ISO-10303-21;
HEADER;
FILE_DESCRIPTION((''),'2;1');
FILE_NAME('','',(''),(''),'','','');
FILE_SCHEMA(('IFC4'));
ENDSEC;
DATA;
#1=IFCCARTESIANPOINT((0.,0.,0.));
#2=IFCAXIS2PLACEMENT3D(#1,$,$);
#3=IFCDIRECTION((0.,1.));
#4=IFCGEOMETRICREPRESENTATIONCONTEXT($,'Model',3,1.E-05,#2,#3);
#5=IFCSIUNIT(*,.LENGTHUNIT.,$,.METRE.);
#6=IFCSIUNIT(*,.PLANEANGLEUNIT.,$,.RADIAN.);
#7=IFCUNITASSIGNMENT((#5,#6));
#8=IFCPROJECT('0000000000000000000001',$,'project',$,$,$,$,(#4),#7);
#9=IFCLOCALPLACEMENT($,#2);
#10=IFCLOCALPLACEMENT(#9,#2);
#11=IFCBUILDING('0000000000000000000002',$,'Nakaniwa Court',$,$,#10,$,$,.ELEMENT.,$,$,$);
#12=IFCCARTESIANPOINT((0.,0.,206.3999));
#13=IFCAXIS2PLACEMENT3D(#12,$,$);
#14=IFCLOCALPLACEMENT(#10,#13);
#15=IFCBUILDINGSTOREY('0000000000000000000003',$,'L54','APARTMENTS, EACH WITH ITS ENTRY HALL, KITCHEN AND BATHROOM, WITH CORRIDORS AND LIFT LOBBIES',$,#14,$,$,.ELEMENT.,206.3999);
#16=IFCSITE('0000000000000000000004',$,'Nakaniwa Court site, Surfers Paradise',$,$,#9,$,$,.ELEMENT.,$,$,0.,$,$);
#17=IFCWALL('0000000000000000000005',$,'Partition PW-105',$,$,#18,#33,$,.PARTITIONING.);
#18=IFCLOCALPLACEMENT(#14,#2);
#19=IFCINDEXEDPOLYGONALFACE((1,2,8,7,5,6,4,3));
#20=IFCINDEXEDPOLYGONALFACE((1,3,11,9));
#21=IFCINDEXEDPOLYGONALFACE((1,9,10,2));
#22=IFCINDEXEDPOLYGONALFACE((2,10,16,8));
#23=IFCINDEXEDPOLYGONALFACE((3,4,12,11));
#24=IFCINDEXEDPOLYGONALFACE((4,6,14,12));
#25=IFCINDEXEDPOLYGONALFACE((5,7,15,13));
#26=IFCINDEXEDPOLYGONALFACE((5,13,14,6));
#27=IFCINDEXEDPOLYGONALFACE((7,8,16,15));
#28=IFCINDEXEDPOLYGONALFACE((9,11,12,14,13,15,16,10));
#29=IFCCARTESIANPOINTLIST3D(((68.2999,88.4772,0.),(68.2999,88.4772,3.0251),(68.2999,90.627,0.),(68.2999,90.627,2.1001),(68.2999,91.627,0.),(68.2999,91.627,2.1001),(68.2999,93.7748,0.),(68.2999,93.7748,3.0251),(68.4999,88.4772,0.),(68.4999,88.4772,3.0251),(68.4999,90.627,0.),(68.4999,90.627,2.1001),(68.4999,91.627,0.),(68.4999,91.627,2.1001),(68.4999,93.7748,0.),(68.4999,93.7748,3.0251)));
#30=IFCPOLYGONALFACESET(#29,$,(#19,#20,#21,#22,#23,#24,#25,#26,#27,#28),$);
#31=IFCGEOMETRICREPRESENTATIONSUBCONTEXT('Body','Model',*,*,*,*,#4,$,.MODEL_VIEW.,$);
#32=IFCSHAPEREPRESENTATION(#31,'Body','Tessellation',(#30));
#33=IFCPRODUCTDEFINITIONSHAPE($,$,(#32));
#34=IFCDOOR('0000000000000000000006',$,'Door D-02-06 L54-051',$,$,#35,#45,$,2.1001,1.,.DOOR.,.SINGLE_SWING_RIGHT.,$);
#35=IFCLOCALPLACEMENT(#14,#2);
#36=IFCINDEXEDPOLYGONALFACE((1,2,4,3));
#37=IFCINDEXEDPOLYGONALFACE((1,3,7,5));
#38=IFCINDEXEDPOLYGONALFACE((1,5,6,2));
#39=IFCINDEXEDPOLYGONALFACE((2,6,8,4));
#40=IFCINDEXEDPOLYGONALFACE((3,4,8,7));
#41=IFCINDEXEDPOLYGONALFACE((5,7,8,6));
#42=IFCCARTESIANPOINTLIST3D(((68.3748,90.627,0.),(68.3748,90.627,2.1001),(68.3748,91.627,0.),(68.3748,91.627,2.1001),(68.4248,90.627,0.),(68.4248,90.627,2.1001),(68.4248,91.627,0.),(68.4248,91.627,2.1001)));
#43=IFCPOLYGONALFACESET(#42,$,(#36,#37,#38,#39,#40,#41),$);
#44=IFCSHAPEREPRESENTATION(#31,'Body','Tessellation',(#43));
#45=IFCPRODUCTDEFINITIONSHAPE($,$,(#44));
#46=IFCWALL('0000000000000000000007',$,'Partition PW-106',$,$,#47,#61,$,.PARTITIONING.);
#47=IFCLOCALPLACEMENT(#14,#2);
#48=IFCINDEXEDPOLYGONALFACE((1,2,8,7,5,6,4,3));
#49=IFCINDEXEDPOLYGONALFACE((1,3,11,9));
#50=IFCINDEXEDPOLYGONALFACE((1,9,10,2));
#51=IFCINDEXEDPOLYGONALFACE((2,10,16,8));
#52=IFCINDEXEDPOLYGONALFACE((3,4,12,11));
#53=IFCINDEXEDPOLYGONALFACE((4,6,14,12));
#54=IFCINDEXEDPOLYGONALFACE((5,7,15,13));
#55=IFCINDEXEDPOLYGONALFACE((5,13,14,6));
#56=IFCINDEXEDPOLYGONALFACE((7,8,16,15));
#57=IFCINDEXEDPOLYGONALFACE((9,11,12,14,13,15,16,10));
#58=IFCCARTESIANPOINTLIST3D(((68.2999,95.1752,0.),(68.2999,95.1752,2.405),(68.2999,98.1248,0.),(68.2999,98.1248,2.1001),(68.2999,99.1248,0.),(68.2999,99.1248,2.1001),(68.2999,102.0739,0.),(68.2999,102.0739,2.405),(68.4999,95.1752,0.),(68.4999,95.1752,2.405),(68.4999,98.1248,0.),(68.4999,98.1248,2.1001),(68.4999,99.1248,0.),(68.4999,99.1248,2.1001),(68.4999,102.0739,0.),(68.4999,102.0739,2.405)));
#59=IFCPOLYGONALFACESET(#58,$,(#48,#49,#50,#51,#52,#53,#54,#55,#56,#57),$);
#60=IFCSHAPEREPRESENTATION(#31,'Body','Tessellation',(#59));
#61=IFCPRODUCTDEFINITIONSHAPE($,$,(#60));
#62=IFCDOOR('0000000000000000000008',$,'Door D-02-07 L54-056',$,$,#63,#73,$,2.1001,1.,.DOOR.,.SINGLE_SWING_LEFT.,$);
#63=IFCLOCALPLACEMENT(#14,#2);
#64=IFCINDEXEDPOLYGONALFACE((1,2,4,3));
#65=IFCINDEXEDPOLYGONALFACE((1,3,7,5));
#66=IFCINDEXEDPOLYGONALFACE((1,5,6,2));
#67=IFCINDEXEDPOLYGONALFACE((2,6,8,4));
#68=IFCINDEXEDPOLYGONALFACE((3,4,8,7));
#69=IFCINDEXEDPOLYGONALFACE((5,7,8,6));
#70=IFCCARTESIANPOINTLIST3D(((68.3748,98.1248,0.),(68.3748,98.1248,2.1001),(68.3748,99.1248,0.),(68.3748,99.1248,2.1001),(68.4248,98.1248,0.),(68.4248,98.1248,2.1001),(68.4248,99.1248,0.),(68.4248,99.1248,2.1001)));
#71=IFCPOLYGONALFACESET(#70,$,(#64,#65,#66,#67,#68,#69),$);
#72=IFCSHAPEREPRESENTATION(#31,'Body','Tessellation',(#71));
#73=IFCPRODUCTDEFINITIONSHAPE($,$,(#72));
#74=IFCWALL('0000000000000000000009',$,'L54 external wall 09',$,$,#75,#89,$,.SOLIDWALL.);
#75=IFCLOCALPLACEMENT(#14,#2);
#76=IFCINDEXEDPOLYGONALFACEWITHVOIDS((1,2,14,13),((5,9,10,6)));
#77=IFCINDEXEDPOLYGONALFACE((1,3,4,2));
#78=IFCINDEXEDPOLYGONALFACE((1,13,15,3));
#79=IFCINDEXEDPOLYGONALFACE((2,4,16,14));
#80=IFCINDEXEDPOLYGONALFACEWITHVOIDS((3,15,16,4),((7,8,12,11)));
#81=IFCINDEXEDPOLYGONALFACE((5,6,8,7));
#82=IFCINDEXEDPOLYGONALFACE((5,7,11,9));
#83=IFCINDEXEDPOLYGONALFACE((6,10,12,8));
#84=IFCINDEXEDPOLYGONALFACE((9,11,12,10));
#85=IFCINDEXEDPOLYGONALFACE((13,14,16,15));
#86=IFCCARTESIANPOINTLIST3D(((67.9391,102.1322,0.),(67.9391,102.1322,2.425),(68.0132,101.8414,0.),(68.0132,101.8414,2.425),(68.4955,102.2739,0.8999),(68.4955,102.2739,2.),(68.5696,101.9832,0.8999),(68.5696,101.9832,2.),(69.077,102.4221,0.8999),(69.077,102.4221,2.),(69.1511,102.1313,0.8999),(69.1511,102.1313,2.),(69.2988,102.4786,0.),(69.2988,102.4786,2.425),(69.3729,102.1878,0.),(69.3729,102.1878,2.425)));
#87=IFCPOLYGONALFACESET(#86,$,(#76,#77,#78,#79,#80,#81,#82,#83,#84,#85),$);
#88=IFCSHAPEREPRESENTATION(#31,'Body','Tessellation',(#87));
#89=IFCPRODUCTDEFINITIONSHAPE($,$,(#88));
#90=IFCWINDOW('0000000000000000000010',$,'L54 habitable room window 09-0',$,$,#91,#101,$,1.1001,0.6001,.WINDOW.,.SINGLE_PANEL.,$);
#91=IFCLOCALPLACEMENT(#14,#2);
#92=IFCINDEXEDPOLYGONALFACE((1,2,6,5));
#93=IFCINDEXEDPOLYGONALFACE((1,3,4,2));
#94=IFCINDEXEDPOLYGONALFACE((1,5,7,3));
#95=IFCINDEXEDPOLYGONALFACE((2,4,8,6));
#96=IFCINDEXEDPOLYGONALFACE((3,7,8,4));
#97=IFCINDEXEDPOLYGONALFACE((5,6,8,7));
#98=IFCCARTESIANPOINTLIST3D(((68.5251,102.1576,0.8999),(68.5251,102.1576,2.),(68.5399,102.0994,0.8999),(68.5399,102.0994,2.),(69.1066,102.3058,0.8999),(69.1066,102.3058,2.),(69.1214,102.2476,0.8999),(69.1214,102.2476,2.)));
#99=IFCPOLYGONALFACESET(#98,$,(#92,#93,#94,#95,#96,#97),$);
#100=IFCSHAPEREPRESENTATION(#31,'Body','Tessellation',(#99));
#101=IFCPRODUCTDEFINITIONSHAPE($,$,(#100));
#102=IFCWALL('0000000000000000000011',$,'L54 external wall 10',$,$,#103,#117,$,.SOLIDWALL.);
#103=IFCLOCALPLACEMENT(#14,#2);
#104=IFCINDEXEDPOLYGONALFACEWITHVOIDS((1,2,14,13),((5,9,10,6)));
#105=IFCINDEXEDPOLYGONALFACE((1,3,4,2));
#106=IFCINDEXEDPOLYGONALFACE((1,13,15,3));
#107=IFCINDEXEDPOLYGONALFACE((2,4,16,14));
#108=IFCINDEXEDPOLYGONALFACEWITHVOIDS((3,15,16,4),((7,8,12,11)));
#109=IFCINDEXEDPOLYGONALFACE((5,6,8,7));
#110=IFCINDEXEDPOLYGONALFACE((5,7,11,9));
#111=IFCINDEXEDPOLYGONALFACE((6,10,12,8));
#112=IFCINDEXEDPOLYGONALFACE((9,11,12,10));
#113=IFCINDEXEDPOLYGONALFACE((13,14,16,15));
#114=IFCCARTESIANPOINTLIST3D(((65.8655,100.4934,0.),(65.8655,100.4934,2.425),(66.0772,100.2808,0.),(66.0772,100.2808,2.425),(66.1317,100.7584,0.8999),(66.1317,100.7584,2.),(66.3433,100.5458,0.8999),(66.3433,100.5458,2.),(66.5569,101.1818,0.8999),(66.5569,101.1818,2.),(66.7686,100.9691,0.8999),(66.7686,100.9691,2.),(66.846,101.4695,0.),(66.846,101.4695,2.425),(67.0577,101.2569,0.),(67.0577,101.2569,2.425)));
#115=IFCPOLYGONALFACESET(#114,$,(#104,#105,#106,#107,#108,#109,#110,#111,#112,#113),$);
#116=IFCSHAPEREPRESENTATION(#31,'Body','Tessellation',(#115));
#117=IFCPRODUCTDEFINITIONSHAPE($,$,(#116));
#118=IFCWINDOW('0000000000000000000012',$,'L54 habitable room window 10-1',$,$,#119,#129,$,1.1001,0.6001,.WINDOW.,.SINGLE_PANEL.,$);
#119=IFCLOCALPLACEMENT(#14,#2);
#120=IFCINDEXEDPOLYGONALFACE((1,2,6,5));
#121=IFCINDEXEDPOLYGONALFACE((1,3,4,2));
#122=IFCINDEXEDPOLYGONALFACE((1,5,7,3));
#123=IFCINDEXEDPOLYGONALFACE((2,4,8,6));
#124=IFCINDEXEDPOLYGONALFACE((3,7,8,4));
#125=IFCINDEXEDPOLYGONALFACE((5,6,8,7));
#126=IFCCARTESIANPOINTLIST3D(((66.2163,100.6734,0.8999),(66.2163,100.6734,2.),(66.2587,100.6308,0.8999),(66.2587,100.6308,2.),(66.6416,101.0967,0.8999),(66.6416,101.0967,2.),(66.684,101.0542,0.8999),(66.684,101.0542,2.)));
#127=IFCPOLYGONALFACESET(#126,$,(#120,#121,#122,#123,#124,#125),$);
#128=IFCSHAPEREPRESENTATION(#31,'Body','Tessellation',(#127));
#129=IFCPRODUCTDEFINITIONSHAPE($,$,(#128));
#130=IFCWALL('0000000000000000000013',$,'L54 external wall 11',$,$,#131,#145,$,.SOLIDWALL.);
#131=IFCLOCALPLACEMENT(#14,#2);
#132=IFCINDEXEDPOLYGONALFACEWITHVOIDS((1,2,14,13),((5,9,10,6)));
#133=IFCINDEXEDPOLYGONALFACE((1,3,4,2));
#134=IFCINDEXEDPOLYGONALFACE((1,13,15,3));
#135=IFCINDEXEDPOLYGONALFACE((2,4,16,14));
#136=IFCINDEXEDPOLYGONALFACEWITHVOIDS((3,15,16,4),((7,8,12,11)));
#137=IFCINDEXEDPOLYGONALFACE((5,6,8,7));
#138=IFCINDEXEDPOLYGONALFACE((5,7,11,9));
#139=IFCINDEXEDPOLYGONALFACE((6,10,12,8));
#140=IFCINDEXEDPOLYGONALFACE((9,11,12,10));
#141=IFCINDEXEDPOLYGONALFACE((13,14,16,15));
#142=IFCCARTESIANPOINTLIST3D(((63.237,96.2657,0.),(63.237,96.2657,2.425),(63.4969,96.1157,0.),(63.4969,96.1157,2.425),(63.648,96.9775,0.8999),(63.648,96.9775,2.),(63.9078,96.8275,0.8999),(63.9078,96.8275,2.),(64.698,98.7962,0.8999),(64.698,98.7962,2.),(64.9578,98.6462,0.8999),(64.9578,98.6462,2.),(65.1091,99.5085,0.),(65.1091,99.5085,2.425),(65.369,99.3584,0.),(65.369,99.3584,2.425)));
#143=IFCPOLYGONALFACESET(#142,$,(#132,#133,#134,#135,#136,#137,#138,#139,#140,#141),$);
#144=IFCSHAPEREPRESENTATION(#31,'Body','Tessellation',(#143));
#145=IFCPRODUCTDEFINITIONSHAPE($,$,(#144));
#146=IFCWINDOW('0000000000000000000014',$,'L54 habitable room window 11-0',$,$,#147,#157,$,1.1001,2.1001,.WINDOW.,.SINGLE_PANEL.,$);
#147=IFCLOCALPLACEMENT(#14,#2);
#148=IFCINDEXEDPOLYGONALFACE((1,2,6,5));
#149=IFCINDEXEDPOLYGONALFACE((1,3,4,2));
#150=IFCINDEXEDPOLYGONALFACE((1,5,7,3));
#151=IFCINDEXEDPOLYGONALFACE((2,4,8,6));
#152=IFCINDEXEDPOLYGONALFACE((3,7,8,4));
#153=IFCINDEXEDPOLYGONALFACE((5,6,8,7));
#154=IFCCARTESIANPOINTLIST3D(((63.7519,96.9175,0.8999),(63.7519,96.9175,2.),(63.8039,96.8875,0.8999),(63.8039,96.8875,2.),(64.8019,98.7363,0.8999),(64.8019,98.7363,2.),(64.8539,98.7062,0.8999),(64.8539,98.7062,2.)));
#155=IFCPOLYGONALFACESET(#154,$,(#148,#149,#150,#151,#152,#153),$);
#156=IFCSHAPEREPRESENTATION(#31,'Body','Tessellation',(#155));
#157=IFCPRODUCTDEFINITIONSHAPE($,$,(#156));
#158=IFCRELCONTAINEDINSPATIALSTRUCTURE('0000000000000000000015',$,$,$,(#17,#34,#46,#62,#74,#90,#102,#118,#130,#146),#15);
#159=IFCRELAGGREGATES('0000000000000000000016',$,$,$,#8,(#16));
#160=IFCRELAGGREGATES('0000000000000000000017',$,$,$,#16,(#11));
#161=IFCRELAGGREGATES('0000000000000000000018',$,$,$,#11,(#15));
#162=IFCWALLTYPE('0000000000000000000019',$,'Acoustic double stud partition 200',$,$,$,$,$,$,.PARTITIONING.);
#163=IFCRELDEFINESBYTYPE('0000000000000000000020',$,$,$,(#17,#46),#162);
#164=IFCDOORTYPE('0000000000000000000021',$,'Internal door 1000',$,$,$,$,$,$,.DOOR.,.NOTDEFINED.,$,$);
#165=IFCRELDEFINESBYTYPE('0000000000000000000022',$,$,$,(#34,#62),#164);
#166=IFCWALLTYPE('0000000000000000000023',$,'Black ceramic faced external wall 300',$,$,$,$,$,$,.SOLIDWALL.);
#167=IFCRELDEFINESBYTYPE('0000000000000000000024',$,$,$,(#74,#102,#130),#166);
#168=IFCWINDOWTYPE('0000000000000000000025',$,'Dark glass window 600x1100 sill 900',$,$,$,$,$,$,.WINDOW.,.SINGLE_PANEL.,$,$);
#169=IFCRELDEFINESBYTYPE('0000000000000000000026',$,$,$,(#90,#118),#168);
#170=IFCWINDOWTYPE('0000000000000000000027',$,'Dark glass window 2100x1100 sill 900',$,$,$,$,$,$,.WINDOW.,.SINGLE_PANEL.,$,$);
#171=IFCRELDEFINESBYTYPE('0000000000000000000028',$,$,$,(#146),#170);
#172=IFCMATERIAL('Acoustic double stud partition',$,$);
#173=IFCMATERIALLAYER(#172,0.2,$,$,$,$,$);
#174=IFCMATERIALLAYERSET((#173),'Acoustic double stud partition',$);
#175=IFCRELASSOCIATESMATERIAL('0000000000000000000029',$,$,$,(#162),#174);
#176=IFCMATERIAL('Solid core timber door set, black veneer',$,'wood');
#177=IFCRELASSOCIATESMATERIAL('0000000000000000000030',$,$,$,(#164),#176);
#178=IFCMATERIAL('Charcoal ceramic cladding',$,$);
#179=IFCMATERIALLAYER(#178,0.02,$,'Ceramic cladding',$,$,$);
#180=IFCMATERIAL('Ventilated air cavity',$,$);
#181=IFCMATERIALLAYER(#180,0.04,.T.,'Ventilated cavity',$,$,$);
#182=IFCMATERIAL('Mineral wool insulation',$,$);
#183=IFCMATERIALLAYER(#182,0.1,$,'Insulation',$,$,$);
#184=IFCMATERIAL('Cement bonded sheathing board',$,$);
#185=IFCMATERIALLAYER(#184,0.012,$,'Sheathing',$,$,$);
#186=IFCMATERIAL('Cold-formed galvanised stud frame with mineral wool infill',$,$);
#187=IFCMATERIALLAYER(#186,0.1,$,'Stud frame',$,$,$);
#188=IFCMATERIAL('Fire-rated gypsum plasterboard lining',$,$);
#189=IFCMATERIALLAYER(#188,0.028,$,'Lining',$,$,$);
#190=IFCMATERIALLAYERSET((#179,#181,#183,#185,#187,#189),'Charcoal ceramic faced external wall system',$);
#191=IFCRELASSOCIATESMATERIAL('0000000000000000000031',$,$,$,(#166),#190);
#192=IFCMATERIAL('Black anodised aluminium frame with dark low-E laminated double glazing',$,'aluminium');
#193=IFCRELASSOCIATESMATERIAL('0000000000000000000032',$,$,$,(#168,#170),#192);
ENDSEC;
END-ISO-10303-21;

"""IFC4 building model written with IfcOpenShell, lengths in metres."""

from ifc_helpers import new_model, si_unit, direction, frame, frame_2d, origin, place, context, subcontext, project, spatial, rectangle, extrude, material, layer, layer_set, type_object, element, fill, save


model = new_model("IFC4")

# Units and contexts
model_context = context("Model", 3, precision=1e-05, world=origin(), true_north=direction((0.0, 1.0)))
body_context = subcontext(model_context, "Body", "Model", "MODEL_VIEW")
ifc_project = project(units=[si_unit("LENGTHUNIT", "METRE"), si_unit("PLANEANGLEUNIT", "RADIAN")], contexts=[model_context])

# Site, building, storey
site_placement = place(None, origin())
site = spatial("IfcSite", under=ifc_project, at=site_placement, Name="Nakaniwa Court site, Surfers Paradise", CompositionType="ELEMENT", RefElevation=0.0)
building_placement = place(site_placement, origin())
building = spatial("IfcBuilding", under=site, at=building_placement, Name="Nakaniwa Court", CompositionType="ELEMENT")
storey_placement = place(building_placement, frame((0.0, 0.0, 206.3999)))
storey = spatial("IfcBuildingStorey", under=building, at=storey_placement, Name="L54", Description="APARTMENTS, EACH WITH ITS ENTRY HALL, KITCHEN AND BATHROOM, WITH CORRIDORS AND LIFT LOBBIES", CompositionType="ELEMENT", Elevation=206.3999)

# Shared definitions
ifc_material_1 = material(Name="Acoustic double stud partition")
ifc_layer_1 = layer(ifc_material_1, 0.2)
ifc_layer_set_1 = layer_set([ifc_layer_1], Name="Acoustic double stud partition")
wall_type_1 = type_object("IfcWallType", Name="Acoustic double stud partition 200", PredefinedType="PARTITIONING", material=ifc_layer_set_1)

# Walls, openings, doors
wall_1_placement = place(storey_placement, frame((68.3999, 93.7749, 0.0), z_axis=(0.0, 0.0, 1.0), x_axis=(0.0, -1.0, 0.0)))
wall_1 = element("IfcWall", 1, at=wall_1_placement, inside=storey, type_object=wall_type_1, Name="Partition PW-105", PredefinedType="PARTITIONING", context=body_context, shape_type="SweptSolid", body=[
    extrude(rectangle(XDim=5.2976, YDim=0.2, at=frame_2d((2.6489, 0.0))), origin(), (0.0, 0.0, 1.0), 3.0251),
])
opening_1_placement = place(wall_1_placement, frame((2.1479, 0.0, 0.0)))
opening_1 = element("IfcOpeningElement", 2, at=opening_1_placement, cuts=wall_1, PredefinedType="OPENING", context=body_context, shape_type="SweptSolid", body=[
    extrude(rectangle(XDim=1.0, YDim=2.1001, at=frame_2d((0.5, 1.05))), frame((0.0, 0.1099, 0.0), z_axis=(0.0, -1.0, 0.0), x_axis=(1.0, 0.0, 0.0)), (0.0, 0.0, 1.0), 0.22),
])
ifc_material_2 = material(Name="Solid core timber door set, black veneer", Category="wood")
door_type = type_object("IfcDoorType", Name="Internal door 1000", OperationType="NOTDEFINED", PredefinedType="DOOR", material=ifc_material_2)
door_1_placement = place(opening_1_placement, origin())
door_1 = element("IfcDoor", 3, at=door_1_placement, inside=storey, type_object=door_type, Name="Door D-02-06 L54-051", OperationType="SINGLE_SWING_RIGHT", OverallHeight=2.1001, OverallWidth=1.0, PredefinedType="DOOR", context=body_context, shape_type="SweptSolid", body=[
    extrude(rectangle(XDim=1.0, YDim=2.1001, at=frame_2d((0.5, 1.05))), frame((0.0, 0.0249, 0.0), z_axis=(0.0, -1.0, 0.0), x_axis=(1.0, 0.0, 0.0)), (0.0, 0.0, 1.0), 0.05),
])
fill(opening_1, door_1)
wall_2_placement = place(storey_placement, frame((68.3999, 102.0737, 0.0), z_axis=(0.0, 0.0, 1.0), x_axis=(0.0, -1.0, 0.0)))
wall_2 = element("IfcWall", 4, at=wall_2_placement, inside=storey, type_object=wall_type_1, Name="Partition PW-106", PredefinedType="PARTITIONING", context=body_context, shape_type="SweptSolid", body=[
    extrude(rectangle(XDim=6.8987, YDim=0.2, at=frame_2d((3.4492, 0.0))), origin(), (0.0, 0.0, 1.0), 2.405),
])
opening_2_placement = place(wall_2_placement, frame((2.949, 0.0, 0.0)))
opening_2 = element("IfcOpeningElement", 5, at=opening_2_placement, cuts=wall_2, PredefinedType="OPENING", context=body_context, shape_type="SweptSolid", body=[
    extrude(rectangle(XDim=1.0, YDim=2.1001, at=frame_2d((0.5, 1.05))), frame((0.0, 0.1099, 0.0), z_axis=(0.0, -1.0, 0.0), x_axis=(1.0, 0.0, 0.0)), (0.0, 0.0, 1.0), 0.22),
])
door_2_placement = place(opening_2_placement, origin())
door_2 = element("IfcDoor", 6, at=door_2_placement, inside=storey, type_object=door_type, Name="Door D-02-07 L54-056", OperationType="SINGLE_SWING_LEFT", OverallHeight=2.1001, OverallWidth=1.0, PredefinedType="DOOR", context=body_context, shape_type="SweptSolid", body=[
    extrude(rectangle(XDim=1.0, YDim=2.1001, at=frame_2d((0.5, 1.05))), frame((0.0, 0.0249, 0.0), z_axis=(0.0, -1.0, 0.0), x_axis=(1.0, 0.0, 0.0)), (0.0, 0.0, 1.0), 0.05),
])
fill(opening_2, door_2)

# Walls, openings, windows
ifc_material_3 = material(Name="Charcoal ceramic cladding")
ifc_layer_2 = layer(ifc_material_3, 0.02, Name="Ceramic cladding")
ifc_material_4 = material(Name="Ventilated air cavity")
ifc_layer_3 = layer(ifc_material_4, 0.04, ventilated=True, Name="Ventilated cavity")
ifc_material_5 = material(Name="Mineral wool insulation")
ifc_layer_4 = layer(ifc_material_5, 0.1, Name="Insulation")
ifc_material_6 = material(Name="Cement bonded sheathing board")
ifc_layer_5 = layer(ifc_material_6, 0.012, Name="Sheathing")
ifc_material_7 = material(Name="Cold-formed galvanised stud frame with mineral wool infill")
ifc_layer_6 = layer(ifc_material_7, 0.1, Name="Stud frame")
ifc_material_8 = material(Name="Fire-rated gypsum plasterboard lining")
ifc_layer_7 = layer(ifc_material_8, 0.028, Name="Lining")
ifc_layer_set_2 = layer_set([ifc_layer_2, ifc_layer_3, ifc_layer_4, ifc_layer_5, ifc_layer_6, ifc_layer_7], Name="Charcoal ceramic faced external wall system")
wall_type_2 = type_object("IfcWallType", Name="Black ceramic faced external wall 300", PredefinedType="SOLIDWALL", material=ifc_layer_set_2)
wall_3_placement = place(storey_placement, frame((69.3359, 102.3333, 0.0), z_axis=(0.0, 0.0, 1.0), x_axis=(-0.969037, -0.246914, 0.0)))
wall_3 = element("IfcWall", 7, at=wall_3_placement, inside=storey, type_object=wall_type_2, Name="L54 external wall 09", PredefinedType="SOLIDWALL", context=body_context, shape_type="SweptSolid", body=[
    extrude(rectangle(XDim=1.4031, YDim=0.3, at=frame_2d((0.7017, 0.0))), origin(), (0.0, 0.0, 1.0), 2.425),
])
opening_3_placement = place(wall_3_placement, frame((0.229, 0.0, 0.8999)))
opening_3 = element("IfcOpeningElement", 8, at=opening_3_placement, cuts=wall_3, PredefinedType="OPENING", context=body_context, shape_type="SweptSolid", body=[
    extrude(rectangle(XDim=0.6001, YDim=1.1001, at=frame_2d((0.3, 0.55))), frame((0.0, 0.1599, 0.0), z_axis=(0.0, -1.0, 0.0), x_axis=(1.0, 0.0, 0.0)), (0.0, 0.0, 1.0), 0.3201),
])
ifc_material_9 = material(Name="Black anodised aluminium frame with dark low-E laminated double glazing", Category="aluminium")
window_type_1 = type_object("IfcWindowType", Name="Dark glass window 600x1100 sill 900", PartitioningType="SINGLE_PANEL", PredefinedType="WINDOW", material=ifc_material_9)
window_1_placement = place(opening_3_placement, origin())
window_1 = element("IfcWindow", 9, at=window_1_placement, inside=storey, type_object=window_type_1, Name="L54 habitable room window 09-0", OverallHeight=1.1001, OverallWidth=0.6001, PartitioningType="SINGLE_PANEL", PredefinedType="WINDOW", context=body_context, shape_type="SweptSolid", body=[
    extrude(rectangle(XDim=0.6001, YDim=1.1001, at=frame_2d((0.3, 0.55))), frame((0.0, 0.03, 0.0), z_axis=(0.0, -1.0, 0.0), x_axis=(1.0, 0.0, 0.0)), (0.0, 0.0, 1.0), 0.0601),
])
fill(opening_3, window_1)
wall_4_placement = place(storey_placement, frame((66.9519, 101.3633, 0.0), z_axis=(0.0, 0.0, 1.0), x_axis=(-0.708693, -0.705517, 0.0)))
wall_4 = element("IfcWall", 10, at=wall_4_placement, inside=storey, type_object=wall_type_2, Name="L54 external wall 10", PredefinedType="SOLIDWALL", context=body_context, shape_type="SweptSolid", body=[
    extrude(rectangle(XDim=1.3835, YDim=0.3, at=frame_2d((0.6919, 0.0))), origin(), (0.0, 0.0, 1.0), 2.425),
])
opening_4_placement = place(wall_4_placement, frame((0.408, 0.0, 0.8999)))
opening_4 = element("IfcOpeningElement", 11, at=opening_4_placement, cuts=wall_4, PredefinedType="OPENING", context=body_context, shape_type="SweptSolid", body=[
    extrude(rectangle(XDim=0.6001, YDim=1.1001, at=frame_2d((0.3, 0.55))), frame((0.0, 0.1599, 0.0), z_axis=(0.0, -1.0, 0.0), x_axis=(1.0, 0.0, 0.0)), (0.0, 0.0, 1.0), 0.3201),
])
window_2_placement = place(opening_4_placement, origin())
window_2 = element("IfcWindow", 12, at=window_2_placement, inside=storey, type_object=window_type_1, Name="L54 habitable room window 10-1", OverallHeight=1.1001, OverallWidth=0.6001, PartitioningType="SINGLE_PANEL", PredefinedType="WINDOW", context=body_context, shape_type="SweptSolid", body=[
    extrude(rectangle(XDim=0.6001, YDim=1.1001, at=frame_2d((0.3, 0.55))), frame((0.0, 0.03, 0.0), z_axis=(0.0, -1.0, 0.0), x_axis=(1.0, 0.0, 0.0)), (0.0, 0.0, 1.0), 0.0601),
])
fill(opening_4, window_2)
wall_5_placement = place(storey_placement, frame((65.239, 99.4333, 0.0), z_axis=(0.0, 0.0, 1.0), x_axis=(-0.499982, -0.866036, 0.0)))
wall_5 = element("IfcWall", 13, at=wall_5_placement, inside=storey, type_object=wall_type_2, Name="L54 external wall 11", PredefinedType="SOLIDWALL", context=body_context, shape_type="SweptSolid", body=[
    extrude(rectangle(XDim=3.7444, YDim=0.3, at=frame_2d((1.8721, 0.0))), origin(), (0.0, 0.0, 1.0), 2.425),
])
opening_5_placement = place(wall_5_placement, frame((0.8223, 0.0, 0.8999)))
opening_5 = element("IfcOpeningElement", 14, at=opening_5_placement, cuts=wall_5, PredefinedType="OPENING", context=body_context, shape_type="SweptSolid", body=[
    extrude(rectangle(XDim=2.1001, YDim=1.1001, at=frame_2d((1.05, 0.55))), frame((0.0, 0.1599, 0.0), z_axis=(0.0, -1.0, 0.0), x_axis=(1.0, 0.0, 0.0)), (0.0, 0.0, 1.0), 0.3201),
])
window_type_2 = type_object("IfcWindowType", Name="Dark glass window 2100x1100 sill 900", PartitioningType="SINGLE_PANEL", PredefinedType="WINDOW", material=ifc_material_9)
window_3_placement = place(opening_5_placement, origin())
window_3 = element("IfcWindow", 15, at=window_3_placement, inside=storey, type_object=window_type_2, Name="L54 habitable room window 11-0", OverallHeight=1.1001, OverallWidth=2.1001, PartitioningType="SINGLE_PANEL", PredefinedType="WINDOW", context=body_context, shape_type="SweptSolid", body=[
    extrude(rectangle(XDim=2.1001, YDim=1.1001, at=frame_2d((1.05, 0.55))), frame((0.0, 0.03, 0.0), z_axis=(0.0, -1.0, 0.0), x_axis=(1.0, 0.0, 0.0)), (0.0, 0.0, 1.0), 0.0601),
])
fill(opening_5, window_3)

save(model, "model.ifc")
